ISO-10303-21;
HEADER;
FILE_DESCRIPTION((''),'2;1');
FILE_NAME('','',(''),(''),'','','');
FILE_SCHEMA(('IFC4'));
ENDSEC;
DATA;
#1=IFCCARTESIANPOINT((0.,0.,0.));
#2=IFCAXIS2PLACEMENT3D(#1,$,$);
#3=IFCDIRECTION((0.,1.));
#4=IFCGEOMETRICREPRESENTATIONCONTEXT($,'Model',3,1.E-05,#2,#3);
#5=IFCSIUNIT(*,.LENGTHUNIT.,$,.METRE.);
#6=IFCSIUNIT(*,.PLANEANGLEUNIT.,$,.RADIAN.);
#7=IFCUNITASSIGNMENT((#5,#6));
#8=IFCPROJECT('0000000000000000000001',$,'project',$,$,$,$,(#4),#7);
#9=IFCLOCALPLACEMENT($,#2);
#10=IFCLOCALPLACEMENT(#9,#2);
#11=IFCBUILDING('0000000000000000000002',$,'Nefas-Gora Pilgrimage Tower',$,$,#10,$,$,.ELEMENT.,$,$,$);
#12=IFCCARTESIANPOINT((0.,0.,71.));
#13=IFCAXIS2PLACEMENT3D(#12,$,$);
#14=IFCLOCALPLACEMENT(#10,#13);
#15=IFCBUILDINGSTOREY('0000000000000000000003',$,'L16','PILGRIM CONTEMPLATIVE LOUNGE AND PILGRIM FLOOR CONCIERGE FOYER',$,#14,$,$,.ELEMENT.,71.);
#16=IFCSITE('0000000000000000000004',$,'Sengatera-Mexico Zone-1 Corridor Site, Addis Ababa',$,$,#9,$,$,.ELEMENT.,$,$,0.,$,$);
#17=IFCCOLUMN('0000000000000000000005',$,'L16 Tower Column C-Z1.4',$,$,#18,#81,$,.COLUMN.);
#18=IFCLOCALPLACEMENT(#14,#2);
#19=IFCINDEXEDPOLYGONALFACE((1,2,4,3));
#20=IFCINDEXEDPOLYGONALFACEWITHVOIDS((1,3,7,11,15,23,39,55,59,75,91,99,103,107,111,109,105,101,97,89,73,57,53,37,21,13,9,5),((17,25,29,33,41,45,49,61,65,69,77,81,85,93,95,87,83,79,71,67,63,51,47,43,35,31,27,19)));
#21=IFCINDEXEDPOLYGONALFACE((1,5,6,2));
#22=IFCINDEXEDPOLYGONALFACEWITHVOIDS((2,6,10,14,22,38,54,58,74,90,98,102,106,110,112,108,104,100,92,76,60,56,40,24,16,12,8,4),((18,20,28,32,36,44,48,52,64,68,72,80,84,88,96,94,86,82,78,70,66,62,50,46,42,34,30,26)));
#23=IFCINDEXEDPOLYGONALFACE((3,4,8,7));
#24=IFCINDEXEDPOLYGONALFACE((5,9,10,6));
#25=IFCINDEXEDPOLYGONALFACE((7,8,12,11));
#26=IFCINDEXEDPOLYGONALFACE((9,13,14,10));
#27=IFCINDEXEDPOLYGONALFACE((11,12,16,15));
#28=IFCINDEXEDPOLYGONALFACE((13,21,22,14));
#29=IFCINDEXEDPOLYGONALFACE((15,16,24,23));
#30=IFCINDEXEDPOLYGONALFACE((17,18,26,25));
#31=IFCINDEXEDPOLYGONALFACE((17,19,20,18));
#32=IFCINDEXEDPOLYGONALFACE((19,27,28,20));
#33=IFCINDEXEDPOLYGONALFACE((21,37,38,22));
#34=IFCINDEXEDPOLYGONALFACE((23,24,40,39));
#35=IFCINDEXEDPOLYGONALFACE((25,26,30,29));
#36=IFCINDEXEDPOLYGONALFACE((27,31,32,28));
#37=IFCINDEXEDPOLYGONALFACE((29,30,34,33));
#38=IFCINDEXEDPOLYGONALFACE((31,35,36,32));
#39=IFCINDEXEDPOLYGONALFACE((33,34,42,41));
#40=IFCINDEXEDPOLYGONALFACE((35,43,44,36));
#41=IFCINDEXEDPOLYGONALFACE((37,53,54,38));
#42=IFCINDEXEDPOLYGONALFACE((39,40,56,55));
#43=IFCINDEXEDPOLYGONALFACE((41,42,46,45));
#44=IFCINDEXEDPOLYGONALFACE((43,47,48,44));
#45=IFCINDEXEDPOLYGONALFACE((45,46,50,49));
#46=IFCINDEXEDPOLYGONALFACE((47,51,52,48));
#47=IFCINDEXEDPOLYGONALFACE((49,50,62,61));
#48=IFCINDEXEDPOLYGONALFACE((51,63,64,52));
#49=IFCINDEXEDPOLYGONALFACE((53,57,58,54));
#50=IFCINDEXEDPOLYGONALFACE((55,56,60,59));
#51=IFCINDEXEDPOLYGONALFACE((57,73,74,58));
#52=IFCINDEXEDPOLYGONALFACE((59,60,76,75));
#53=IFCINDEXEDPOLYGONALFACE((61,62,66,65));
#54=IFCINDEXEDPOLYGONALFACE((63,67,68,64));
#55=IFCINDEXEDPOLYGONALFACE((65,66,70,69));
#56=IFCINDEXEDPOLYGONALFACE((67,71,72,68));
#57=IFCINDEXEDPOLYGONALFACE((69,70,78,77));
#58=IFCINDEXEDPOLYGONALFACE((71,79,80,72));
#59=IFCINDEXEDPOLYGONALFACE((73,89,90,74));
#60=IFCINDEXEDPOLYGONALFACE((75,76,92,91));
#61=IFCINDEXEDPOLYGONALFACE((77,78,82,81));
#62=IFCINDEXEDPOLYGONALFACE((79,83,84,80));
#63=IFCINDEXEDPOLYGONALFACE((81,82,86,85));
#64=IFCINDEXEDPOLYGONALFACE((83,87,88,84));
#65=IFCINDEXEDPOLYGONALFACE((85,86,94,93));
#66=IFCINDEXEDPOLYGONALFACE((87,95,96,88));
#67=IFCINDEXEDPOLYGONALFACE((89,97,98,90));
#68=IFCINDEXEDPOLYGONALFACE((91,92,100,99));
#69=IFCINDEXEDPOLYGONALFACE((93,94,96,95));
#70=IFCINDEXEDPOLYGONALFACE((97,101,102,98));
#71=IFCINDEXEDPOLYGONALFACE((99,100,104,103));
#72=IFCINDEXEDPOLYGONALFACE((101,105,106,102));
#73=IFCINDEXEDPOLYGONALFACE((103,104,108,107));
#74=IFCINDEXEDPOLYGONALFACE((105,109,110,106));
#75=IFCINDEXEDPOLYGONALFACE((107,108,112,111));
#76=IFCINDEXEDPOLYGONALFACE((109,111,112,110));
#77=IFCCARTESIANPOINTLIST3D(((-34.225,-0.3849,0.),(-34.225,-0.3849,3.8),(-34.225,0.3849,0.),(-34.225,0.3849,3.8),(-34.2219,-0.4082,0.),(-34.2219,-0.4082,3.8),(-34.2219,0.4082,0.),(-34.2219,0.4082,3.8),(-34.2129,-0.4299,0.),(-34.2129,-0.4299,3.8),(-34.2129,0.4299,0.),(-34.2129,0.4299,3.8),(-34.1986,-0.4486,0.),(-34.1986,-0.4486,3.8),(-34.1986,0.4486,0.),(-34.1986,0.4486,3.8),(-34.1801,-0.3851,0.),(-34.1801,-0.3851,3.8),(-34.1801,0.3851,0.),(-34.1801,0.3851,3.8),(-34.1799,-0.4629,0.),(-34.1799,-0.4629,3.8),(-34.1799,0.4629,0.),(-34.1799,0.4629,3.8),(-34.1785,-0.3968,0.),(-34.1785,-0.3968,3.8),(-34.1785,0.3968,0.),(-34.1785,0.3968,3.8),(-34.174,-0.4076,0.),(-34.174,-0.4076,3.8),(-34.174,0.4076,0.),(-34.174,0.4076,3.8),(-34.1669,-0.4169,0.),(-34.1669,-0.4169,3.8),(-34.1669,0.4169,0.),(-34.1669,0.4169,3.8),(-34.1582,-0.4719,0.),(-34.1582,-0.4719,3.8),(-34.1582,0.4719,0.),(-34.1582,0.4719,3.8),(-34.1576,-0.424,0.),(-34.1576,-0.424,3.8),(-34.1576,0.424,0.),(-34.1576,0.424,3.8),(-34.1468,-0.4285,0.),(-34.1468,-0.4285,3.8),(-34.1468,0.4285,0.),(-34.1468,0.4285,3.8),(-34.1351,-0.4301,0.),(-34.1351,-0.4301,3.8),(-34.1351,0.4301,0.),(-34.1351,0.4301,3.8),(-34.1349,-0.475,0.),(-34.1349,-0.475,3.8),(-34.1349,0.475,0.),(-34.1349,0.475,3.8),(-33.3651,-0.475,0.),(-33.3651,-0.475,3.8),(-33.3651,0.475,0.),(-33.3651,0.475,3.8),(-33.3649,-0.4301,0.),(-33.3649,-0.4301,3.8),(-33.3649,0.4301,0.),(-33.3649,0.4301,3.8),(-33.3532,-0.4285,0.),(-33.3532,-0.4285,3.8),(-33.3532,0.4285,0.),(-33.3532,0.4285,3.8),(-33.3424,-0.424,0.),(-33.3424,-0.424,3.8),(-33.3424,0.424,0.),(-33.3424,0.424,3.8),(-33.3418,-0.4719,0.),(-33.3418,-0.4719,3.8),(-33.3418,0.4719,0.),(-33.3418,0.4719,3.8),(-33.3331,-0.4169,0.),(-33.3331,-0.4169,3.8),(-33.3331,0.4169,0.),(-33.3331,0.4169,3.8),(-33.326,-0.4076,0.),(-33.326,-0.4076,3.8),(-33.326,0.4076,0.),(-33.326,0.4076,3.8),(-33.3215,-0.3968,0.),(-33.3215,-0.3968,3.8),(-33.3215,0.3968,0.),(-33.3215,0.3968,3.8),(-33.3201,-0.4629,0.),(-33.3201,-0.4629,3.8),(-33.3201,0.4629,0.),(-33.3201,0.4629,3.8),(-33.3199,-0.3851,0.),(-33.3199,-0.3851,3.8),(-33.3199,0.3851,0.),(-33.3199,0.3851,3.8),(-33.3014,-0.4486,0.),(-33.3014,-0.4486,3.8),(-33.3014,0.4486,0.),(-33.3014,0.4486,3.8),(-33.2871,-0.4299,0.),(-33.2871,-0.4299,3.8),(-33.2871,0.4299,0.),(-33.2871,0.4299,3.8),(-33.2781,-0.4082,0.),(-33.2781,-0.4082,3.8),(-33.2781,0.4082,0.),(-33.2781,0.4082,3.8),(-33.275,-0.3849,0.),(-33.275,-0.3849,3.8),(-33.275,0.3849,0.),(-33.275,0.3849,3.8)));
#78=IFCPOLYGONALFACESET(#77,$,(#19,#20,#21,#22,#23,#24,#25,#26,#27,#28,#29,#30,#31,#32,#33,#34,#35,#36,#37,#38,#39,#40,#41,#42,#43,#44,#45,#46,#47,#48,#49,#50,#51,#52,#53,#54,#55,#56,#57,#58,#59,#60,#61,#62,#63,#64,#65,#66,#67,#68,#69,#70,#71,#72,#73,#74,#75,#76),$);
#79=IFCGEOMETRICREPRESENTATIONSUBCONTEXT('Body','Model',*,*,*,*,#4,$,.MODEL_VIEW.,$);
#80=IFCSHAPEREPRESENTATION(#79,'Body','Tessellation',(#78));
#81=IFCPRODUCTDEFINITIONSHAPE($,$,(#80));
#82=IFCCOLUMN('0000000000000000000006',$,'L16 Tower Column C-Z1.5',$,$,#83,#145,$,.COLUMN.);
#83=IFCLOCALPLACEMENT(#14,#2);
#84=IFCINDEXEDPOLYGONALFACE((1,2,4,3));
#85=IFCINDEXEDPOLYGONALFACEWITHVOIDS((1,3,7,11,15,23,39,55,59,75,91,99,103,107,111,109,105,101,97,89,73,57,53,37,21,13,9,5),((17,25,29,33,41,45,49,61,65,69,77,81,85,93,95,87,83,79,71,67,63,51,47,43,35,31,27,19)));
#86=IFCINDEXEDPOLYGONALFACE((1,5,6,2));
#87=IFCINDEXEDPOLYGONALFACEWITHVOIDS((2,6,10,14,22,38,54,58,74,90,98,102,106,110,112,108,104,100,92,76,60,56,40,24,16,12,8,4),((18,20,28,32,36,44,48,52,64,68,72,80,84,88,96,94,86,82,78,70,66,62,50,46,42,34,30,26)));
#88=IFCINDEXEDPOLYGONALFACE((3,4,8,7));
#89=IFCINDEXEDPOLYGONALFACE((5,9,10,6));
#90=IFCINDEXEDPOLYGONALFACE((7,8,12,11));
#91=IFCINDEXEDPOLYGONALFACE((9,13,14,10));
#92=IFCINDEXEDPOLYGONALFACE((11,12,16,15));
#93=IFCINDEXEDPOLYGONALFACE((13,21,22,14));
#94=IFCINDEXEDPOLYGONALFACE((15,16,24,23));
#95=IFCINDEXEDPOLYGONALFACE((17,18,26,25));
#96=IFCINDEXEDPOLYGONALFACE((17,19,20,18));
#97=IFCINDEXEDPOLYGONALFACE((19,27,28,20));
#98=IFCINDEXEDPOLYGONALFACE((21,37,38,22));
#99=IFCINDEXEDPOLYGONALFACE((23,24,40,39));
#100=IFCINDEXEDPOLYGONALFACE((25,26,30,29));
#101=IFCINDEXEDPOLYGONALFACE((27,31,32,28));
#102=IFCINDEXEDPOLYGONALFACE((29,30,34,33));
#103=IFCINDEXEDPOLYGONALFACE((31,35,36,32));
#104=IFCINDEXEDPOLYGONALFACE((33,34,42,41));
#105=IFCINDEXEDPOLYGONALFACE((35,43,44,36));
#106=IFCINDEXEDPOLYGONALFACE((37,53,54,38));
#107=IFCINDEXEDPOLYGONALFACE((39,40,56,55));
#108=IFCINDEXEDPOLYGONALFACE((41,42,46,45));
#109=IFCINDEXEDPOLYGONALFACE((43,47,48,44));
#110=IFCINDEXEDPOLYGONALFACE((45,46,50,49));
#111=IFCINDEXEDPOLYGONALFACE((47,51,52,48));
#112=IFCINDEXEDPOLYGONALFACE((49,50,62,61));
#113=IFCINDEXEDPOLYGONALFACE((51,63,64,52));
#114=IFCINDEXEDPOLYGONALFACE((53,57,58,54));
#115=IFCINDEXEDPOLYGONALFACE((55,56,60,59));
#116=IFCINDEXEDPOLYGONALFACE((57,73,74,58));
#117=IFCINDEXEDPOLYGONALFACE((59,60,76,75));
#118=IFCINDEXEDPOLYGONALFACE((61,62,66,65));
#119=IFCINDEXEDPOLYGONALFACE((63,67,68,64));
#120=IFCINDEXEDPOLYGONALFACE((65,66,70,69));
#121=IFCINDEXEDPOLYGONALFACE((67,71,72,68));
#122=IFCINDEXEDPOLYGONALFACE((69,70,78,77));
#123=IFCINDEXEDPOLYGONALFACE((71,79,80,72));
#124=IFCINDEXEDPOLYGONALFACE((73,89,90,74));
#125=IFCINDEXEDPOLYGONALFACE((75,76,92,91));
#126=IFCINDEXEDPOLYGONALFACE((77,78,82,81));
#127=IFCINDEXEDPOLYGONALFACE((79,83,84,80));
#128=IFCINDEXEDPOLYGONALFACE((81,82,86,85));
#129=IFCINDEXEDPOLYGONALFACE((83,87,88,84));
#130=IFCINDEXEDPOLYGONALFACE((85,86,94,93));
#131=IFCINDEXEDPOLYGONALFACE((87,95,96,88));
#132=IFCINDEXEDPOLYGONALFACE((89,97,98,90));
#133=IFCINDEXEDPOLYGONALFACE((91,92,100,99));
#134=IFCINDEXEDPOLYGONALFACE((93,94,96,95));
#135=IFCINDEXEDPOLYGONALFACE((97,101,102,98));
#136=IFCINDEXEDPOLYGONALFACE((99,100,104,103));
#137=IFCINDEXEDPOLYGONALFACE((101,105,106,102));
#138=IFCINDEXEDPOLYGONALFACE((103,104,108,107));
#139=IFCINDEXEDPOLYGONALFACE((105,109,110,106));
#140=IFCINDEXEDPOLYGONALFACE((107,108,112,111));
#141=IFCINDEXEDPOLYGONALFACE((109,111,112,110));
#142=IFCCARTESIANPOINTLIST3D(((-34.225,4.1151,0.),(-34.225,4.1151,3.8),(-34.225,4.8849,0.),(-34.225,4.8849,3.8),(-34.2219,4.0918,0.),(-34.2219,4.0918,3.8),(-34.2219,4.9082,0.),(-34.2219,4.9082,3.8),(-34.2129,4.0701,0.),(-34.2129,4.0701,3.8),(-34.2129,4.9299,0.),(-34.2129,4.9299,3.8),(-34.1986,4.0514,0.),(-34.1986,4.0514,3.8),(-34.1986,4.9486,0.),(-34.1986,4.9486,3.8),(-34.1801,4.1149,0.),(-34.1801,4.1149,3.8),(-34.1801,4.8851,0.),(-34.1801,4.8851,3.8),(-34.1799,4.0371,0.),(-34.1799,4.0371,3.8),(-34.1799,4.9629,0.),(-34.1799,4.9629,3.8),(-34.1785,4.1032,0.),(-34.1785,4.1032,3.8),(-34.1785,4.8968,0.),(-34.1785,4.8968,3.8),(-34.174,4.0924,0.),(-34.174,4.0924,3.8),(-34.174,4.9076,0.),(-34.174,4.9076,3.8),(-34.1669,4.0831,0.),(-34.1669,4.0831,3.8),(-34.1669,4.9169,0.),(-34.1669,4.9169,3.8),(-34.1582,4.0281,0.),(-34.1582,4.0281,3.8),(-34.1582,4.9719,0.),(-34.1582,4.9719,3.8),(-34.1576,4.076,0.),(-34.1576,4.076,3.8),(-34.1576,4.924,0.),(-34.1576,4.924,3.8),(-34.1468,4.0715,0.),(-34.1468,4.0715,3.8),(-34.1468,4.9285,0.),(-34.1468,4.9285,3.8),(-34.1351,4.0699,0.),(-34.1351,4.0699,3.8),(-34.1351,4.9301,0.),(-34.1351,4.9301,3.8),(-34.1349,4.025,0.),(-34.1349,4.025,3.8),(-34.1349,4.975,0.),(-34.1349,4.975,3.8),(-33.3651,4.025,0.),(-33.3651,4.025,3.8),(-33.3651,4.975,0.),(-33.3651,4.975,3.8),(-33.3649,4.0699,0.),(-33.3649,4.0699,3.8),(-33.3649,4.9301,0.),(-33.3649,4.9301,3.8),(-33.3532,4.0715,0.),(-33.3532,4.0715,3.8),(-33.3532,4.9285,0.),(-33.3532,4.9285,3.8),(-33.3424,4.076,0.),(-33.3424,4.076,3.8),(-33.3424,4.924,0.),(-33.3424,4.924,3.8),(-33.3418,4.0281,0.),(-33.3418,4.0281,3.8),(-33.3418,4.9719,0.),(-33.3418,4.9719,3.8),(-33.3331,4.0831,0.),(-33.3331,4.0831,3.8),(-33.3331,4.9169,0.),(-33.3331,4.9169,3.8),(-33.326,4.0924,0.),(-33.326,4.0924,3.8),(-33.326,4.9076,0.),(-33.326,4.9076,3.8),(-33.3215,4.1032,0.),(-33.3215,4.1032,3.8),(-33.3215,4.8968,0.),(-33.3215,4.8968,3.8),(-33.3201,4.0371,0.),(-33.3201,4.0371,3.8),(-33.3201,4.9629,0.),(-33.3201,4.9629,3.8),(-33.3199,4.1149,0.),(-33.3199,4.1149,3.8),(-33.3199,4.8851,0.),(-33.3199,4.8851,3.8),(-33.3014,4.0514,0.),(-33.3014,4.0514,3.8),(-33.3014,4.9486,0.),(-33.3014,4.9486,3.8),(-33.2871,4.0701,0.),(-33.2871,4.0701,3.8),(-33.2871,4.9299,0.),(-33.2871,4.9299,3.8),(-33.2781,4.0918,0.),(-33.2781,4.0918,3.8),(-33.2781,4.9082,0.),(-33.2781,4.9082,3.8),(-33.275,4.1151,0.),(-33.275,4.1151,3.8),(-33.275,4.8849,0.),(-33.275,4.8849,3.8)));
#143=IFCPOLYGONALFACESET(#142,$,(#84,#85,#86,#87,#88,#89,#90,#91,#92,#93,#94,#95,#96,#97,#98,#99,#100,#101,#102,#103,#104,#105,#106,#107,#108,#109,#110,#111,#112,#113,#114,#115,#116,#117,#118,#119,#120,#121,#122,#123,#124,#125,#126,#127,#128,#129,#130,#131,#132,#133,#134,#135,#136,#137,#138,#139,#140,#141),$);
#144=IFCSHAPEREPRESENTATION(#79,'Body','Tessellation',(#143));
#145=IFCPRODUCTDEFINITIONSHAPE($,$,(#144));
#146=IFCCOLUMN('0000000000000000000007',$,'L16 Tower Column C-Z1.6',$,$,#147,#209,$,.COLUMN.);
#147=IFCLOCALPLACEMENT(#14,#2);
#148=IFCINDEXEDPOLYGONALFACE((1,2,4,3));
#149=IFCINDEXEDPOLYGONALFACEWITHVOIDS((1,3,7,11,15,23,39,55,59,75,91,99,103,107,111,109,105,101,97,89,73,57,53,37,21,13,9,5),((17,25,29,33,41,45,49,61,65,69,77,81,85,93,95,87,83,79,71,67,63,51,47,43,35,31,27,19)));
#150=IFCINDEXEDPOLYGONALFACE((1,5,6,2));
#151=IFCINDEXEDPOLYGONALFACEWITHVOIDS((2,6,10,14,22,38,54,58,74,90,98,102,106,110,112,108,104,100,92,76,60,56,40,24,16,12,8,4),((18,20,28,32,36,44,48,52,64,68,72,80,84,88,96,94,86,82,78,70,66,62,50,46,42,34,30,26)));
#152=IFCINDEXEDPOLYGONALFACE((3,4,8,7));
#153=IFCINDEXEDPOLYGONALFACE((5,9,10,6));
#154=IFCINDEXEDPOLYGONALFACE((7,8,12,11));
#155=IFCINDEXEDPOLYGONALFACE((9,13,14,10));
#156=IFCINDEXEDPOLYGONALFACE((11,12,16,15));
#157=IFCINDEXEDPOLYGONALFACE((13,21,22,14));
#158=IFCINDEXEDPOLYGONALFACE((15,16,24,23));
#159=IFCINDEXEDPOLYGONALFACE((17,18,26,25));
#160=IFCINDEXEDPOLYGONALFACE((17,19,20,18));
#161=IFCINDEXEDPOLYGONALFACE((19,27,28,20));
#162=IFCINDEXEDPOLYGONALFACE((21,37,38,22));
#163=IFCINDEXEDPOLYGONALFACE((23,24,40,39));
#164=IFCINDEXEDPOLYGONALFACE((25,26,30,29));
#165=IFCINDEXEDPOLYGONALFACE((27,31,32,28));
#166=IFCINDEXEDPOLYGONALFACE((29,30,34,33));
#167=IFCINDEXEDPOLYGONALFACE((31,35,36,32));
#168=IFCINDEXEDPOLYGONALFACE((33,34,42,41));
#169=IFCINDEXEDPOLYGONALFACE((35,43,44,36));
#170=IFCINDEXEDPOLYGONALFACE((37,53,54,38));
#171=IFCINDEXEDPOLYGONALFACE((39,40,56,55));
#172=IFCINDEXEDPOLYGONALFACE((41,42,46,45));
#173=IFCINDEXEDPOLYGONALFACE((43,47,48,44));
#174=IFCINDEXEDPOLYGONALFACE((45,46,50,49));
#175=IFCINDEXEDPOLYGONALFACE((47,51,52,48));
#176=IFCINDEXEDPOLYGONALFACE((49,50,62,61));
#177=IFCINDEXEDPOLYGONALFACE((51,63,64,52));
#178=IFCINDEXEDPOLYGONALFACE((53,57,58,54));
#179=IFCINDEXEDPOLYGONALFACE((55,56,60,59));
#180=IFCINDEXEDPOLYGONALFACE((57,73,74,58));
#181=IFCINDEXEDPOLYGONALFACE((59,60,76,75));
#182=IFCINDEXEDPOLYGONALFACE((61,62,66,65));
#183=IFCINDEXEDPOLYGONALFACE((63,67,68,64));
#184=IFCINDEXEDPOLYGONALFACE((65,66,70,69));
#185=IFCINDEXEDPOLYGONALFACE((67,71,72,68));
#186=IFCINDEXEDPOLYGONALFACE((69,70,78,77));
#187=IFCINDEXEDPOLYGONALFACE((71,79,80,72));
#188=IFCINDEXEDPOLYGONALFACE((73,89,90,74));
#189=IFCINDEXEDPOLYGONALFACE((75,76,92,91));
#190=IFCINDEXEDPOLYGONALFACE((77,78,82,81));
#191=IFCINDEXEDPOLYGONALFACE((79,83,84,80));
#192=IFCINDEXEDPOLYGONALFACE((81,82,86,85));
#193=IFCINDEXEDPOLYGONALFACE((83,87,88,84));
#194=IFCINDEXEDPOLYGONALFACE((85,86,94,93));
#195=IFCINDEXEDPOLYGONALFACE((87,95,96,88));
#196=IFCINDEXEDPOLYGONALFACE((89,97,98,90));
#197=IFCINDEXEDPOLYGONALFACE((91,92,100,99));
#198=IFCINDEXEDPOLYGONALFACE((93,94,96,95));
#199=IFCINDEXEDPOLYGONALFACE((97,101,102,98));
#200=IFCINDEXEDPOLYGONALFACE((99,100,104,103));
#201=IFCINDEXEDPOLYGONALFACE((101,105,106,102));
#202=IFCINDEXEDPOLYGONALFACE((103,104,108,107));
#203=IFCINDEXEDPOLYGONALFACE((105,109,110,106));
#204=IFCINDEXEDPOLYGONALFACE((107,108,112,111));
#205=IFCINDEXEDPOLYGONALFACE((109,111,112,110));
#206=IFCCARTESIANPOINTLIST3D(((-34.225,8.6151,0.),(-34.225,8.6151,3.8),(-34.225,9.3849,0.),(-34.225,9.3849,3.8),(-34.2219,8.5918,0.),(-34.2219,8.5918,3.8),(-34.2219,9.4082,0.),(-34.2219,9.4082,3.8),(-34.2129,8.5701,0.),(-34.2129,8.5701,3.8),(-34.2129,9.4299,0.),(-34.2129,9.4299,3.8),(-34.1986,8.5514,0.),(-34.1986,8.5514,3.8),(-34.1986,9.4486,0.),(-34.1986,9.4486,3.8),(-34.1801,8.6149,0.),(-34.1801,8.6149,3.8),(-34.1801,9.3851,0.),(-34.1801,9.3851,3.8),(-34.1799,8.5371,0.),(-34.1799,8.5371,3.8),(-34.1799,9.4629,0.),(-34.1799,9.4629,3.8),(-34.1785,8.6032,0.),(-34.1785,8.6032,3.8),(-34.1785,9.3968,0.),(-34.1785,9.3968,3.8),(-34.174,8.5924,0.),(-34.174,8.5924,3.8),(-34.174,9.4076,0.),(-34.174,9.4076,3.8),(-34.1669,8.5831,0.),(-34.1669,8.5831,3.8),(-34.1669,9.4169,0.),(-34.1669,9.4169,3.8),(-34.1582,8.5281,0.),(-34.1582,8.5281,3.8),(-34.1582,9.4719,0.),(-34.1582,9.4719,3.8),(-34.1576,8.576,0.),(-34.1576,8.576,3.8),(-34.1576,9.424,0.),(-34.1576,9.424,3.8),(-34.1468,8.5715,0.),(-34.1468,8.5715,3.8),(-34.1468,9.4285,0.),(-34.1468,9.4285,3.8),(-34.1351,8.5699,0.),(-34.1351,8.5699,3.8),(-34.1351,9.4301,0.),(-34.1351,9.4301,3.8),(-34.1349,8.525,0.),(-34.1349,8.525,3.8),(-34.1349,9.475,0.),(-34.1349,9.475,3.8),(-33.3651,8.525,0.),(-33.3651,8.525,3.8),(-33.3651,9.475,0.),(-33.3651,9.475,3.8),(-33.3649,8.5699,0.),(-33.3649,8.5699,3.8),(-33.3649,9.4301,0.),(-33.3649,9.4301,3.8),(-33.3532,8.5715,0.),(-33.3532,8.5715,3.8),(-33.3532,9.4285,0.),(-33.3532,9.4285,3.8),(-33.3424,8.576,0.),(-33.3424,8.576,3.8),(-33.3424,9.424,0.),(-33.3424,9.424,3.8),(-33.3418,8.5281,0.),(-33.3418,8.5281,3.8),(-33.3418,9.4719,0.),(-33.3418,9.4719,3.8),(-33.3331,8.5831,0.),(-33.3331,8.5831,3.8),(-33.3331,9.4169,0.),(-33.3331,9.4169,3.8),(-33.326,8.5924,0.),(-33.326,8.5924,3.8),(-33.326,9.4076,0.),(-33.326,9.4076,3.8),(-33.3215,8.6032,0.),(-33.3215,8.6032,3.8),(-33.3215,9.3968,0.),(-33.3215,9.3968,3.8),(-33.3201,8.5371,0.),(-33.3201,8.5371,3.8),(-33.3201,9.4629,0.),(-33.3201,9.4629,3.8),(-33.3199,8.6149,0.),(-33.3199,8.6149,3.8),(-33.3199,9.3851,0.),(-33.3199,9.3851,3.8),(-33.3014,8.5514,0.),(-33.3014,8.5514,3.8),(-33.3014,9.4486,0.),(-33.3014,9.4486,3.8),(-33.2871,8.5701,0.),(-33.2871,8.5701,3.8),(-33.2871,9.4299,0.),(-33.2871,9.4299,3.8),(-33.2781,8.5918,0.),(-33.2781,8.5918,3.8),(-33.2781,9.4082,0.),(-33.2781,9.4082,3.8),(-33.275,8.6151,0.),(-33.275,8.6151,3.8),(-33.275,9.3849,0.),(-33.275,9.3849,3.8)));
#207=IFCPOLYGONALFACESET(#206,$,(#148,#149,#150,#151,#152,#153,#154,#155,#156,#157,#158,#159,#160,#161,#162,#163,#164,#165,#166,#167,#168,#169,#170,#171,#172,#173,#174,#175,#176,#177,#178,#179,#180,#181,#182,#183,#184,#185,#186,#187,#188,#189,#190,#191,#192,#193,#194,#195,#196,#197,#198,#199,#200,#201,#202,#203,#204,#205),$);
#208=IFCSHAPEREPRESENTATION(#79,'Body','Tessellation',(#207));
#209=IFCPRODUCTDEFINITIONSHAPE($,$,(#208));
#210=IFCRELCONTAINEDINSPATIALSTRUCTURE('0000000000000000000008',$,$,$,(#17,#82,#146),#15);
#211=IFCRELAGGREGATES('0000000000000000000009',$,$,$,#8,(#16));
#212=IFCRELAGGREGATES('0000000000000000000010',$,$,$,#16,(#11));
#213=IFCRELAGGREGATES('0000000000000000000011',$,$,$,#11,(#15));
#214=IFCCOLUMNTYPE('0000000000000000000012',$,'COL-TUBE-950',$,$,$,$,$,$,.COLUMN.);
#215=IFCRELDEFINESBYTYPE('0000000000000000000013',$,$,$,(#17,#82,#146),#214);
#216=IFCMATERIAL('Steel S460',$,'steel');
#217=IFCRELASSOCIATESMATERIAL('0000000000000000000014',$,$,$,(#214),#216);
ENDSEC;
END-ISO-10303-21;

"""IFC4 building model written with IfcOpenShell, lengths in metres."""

from ifc_helpers import new_model, si_unit, direction, frame, origin, origin_2d, place, context, subcontext, project, spatial, hollow_rectangle, extrude, source, transform, mapped, material, material_profile, profile_set, type_object, element, save


model = new_model("IFC4")

# Units and contexts
model_context = context("Model", 3, precision=1e-05, world=origin(), true_north=direction((0.0, 1.0)))
body_context = subcontext(model_context, "Body", "Model", "MODEL_VIEW")
ifc_project = project(units=[si_unit("LENGTHUNIT", "METRE"), si_unit("PLANEANGLEUNIT", "RADIAN")], contexts=[model_context])

# Site, building, storey
site_placement = place(None, origin())
site = spatial("IfcSite", under=ifc_project, at=site_placement, Name="Sengatera-Mexico Zone-1 Corridor Site, Addis Ababa", CompositionType="ELEMENT", RefElevation=0.0)
building_placement = place(site_placement, origin())
building = spatial("IfcBuilding", under=site, at=building_placement, Name="Nefas-Gora Pilgrimage Tower", CompositionType="ELEMENT")
storey_placement = place(building_placement, frame((0.0, 0.0, 71.0)))
storey = spatial("IfcBuildingStorey", under=building, at=storey_placement, Name="L16", Description="PILGRIM CONTEMPLATIVE LOUNGE AND PILGRIM FLOOR CONCIERGE FOYER", CompositionType="ELEMENT", Elevation=71.0)

# Columns
ifc_material_1 = material(Name="Steel S460", Category="steel")
ifc_material_profile_1 = material_profile(ifc_material_1, hollow_rectangle(XDim=0.95, YDim=0.95, WallThickness=0.0449, InnerFilletRadius=0.0449, OuterFilletRadius=0.0901, at=origin_2d()), Name="BOX 950x950x45")
ifc_profile_set_1 = profile_set([ifc_material_profile_1], Name="Steel S460")
column_type_1 = type_object("IfcColumnType", Name="COL-TUBE-950", PredefinedType="COLUMN", material=ifc_profile_set_1)
shared_shape_1 = source(origin(), body_context, "Body", "SweptSolid", [
    extrude(hollow_rectangle(XDim=0.95, YDim=0.95, WallThickness=0.0449, InnerFilletRadius=0.0449, OuterFilletRadius=0.0901, at=origin_2d()), origin(), (0.0, 0.0, 1.0), 3.8),
])
for number, where, z_axis, x_axis, name in (
    (1, (-33.75, 0.0, 0.0), (0.0, 0.0, 1.0), (1.0, 0.0, 0.0), "L16 Tower Column C-Z1.4"),
    (2, (-33.75, 4.5, 0.0), (0.0, 0.0, 1.0), (1.0, 0.0, 0.0), "L16 Tower Column C-Z1.5"),
    (3, (-33.75, 9.0, 0.0), (0.0, 0.0, 1.0), (1.0, 0.0, 0.0), "L16 Tower Column C-Z1.6"),
):
    element("IfcColumn", number, at=place(storey_placement, frame(where, z_axis=z_axis, x_axis=x_axis)), inside=storey, type_object=column_type_1, Name=name, PredefinedType="COLUMN", context=body_context, shape_type="MappedRepresentation", body=[
        mapped(shared_shape_1, transform((0.0, 0.0, 0.0), x_axis=(1.0, 0.0, 0.0), y_axis=(0.0, 1.0, 0.0), z_axis=(0.0, 0.0, 1.0), scale=1.0)),
    ])

save(model, "model.ifc")
